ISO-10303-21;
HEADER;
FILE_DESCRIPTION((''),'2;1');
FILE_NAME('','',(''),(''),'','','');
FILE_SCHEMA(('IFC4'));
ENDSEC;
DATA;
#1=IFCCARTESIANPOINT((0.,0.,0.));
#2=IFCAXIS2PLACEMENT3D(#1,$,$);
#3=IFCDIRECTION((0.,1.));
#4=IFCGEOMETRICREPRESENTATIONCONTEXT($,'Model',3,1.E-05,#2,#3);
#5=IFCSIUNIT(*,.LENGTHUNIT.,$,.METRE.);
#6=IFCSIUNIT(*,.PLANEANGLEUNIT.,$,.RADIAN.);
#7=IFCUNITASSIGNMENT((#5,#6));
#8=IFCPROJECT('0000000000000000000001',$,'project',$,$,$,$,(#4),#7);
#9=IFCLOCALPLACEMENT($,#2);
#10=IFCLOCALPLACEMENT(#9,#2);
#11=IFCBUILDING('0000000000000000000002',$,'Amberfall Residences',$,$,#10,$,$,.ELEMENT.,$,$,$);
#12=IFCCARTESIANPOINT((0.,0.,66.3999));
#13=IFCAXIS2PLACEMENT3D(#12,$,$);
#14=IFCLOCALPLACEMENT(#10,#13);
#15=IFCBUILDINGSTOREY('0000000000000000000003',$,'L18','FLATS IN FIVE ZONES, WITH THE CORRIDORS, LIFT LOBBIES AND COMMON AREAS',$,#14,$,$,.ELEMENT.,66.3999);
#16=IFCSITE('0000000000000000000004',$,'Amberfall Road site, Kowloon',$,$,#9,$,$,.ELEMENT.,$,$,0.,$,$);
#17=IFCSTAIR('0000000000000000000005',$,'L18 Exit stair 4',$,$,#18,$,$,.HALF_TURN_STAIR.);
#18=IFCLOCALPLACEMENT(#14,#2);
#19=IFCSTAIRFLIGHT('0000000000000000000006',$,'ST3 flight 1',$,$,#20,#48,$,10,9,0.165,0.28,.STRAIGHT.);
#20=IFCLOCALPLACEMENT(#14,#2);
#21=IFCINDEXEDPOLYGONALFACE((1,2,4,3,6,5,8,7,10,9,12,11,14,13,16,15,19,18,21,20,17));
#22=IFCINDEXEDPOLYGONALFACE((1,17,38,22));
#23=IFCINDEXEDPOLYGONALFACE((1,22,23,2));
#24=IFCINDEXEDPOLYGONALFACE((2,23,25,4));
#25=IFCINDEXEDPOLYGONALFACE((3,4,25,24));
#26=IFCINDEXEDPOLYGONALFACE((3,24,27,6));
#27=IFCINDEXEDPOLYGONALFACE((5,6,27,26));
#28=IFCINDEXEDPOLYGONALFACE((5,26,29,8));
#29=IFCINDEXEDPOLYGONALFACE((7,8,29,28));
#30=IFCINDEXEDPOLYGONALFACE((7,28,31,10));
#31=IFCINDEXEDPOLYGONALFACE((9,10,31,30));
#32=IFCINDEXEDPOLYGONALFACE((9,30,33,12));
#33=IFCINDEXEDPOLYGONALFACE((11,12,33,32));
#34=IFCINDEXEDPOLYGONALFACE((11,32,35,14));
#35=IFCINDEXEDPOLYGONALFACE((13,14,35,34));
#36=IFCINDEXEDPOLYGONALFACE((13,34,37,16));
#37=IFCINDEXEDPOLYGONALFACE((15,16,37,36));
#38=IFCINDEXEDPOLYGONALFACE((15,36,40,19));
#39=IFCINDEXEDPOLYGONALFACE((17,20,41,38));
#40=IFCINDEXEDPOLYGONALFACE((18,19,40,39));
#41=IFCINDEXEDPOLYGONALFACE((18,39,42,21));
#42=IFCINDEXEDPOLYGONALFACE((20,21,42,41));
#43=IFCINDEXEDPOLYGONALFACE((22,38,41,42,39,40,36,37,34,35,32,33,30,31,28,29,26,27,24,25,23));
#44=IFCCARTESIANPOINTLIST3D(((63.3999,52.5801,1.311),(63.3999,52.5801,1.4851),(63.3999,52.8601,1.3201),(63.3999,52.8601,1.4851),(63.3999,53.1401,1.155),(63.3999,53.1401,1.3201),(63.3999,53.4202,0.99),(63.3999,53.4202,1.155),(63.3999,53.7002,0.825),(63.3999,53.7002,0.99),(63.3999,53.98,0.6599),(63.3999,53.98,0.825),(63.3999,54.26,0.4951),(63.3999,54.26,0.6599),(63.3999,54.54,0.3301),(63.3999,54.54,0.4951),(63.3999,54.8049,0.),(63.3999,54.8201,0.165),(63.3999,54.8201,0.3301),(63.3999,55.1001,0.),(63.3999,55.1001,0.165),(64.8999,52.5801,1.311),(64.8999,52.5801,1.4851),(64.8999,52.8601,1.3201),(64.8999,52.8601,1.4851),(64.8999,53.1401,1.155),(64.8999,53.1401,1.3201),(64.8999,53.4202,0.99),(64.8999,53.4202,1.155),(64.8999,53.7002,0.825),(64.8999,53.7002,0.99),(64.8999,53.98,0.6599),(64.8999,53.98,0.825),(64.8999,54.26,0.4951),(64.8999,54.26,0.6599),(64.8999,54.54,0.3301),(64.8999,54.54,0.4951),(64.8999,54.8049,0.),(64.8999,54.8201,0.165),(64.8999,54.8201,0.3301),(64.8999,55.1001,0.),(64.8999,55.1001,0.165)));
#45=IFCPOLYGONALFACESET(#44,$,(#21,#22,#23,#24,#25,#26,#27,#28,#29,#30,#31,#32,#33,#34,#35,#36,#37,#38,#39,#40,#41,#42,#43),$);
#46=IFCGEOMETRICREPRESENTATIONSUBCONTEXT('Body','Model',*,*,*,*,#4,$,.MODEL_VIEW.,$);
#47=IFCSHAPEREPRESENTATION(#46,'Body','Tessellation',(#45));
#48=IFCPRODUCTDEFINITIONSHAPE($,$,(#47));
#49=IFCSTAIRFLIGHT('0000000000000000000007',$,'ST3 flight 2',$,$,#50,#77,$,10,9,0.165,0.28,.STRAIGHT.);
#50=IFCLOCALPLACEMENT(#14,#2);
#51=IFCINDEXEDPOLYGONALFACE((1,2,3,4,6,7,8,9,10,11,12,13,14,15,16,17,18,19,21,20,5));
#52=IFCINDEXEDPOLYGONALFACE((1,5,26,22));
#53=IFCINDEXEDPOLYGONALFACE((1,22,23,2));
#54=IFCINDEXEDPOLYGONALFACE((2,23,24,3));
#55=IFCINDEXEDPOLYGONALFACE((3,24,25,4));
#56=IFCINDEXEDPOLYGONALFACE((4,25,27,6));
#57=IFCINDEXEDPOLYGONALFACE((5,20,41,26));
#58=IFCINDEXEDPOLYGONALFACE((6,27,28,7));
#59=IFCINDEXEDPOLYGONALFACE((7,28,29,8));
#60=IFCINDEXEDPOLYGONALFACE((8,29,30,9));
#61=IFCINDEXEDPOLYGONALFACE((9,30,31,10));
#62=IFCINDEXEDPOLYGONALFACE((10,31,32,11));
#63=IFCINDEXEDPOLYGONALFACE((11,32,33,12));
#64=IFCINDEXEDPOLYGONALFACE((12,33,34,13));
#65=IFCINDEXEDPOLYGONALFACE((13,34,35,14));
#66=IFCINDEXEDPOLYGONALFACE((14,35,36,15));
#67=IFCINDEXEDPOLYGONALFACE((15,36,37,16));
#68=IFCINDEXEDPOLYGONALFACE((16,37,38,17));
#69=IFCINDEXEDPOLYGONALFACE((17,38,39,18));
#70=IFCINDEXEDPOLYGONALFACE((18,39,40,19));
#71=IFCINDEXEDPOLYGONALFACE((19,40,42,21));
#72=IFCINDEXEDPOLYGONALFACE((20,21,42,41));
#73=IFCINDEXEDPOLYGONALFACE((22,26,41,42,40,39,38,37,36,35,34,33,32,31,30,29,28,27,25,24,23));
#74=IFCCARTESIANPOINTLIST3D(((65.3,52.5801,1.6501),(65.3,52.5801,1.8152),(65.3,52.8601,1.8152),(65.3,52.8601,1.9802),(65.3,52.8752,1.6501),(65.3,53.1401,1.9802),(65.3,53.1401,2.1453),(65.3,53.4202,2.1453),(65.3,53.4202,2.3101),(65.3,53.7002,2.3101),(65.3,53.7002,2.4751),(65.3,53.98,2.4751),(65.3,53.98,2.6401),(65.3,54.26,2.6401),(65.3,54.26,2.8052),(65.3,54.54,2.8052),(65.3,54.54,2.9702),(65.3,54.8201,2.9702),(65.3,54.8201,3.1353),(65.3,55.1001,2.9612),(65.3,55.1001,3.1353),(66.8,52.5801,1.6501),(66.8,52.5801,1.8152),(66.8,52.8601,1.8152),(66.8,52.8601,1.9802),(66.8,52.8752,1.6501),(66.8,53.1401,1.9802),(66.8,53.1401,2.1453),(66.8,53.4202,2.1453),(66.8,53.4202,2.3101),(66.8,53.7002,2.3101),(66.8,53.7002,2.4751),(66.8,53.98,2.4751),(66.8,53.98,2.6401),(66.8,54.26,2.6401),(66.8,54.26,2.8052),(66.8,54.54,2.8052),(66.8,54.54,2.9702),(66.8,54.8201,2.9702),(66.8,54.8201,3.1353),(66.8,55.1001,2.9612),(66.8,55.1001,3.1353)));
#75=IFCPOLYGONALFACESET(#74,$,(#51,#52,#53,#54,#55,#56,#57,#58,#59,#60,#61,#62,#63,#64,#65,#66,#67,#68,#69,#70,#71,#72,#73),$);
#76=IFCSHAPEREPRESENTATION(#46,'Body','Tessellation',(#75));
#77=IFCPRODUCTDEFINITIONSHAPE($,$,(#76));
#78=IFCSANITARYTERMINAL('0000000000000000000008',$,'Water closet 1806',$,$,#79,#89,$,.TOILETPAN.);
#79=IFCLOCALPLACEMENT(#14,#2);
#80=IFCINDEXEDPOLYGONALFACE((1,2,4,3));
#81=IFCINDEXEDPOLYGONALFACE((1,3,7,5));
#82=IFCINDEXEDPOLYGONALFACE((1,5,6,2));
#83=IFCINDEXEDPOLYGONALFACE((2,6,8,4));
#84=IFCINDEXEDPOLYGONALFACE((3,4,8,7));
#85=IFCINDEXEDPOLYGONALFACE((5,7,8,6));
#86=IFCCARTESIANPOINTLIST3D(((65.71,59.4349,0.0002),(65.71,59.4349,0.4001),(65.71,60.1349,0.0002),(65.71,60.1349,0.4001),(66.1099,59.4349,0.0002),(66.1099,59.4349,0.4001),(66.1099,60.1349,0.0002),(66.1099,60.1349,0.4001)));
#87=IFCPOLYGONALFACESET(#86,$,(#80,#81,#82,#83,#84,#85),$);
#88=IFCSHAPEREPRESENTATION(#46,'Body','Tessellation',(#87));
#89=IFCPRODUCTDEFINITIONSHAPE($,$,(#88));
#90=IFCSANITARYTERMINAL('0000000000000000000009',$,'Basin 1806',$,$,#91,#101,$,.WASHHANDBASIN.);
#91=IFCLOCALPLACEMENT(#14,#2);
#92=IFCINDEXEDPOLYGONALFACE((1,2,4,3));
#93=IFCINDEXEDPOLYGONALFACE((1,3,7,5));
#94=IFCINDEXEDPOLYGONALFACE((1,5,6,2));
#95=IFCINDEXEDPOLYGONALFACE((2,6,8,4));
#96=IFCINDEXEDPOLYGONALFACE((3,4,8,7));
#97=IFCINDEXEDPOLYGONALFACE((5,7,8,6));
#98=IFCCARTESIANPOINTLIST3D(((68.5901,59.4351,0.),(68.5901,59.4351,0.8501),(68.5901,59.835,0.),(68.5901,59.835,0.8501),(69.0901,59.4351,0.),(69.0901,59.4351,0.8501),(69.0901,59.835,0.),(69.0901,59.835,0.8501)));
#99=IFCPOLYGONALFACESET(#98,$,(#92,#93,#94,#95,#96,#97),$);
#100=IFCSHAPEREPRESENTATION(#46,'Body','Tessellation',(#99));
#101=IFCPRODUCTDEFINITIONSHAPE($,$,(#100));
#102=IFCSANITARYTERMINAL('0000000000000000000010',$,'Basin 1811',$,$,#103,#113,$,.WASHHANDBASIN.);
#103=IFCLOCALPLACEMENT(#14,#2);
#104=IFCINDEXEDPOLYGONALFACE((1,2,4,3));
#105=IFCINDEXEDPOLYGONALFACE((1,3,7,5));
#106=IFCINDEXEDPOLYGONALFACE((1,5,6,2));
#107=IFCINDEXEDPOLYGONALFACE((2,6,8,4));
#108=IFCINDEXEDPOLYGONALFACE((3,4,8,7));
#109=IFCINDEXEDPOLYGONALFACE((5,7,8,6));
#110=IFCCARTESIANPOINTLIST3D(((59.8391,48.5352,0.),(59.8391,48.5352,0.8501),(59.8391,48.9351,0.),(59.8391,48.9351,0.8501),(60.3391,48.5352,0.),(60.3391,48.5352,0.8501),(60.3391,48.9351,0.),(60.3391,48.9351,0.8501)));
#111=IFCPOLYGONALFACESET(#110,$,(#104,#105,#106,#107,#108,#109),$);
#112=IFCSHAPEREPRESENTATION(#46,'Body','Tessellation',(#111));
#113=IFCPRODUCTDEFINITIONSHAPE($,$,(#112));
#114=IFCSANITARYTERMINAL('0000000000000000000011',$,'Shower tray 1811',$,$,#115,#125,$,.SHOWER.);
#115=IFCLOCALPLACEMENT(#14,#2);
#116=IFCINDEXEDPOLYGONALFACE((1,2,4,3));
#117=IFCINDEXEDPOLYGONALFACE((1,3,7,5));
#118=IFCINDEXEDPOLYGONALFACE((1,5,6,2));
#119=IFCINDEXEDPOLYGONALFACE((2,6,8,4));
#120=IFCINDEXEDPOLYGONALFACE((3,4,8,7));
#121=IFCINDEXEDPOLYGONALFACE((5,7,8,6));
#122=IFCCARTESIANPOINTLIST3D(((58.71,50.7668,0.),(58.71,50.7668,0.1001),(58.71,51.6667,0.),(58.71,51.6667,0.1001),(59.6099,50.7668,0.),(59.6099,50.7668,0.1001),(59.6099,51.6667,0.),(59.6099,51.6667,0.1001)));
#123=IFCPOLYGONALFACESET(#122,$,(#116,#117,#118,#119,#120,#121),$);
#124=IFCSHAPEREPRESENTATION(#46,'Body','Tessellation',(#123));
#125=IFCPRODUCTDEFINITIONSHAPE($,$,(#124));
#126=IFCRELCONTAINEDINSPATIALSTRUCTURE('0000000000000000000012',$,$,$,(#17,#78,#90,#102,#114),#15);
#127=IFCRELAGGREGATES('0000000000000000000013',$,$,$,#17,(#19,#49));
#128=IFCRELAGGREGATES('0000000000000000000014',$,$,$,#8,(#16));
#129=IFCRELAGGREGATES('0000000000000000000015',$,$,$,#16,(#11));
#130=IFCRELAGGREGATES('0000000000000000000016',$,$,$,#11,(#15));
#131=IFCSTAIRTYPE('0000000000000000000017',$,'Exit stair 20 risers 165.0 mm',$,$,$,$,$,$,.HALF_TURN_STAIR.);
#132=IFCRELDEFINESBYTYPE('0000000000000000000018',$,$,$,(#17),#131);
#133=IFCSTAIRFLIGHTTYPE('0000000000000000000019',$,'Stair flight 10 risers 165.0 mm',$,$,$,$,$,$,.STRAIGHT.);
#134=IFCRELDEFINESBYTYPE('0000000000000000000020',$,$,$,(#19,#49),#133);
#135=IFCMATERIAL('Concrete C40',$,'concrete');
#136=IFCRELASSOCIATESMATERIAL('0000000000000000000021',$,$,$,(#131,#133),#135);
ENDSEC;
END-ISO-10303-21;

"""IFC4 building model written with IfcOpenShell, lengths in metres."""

from ifc_helpers import new_model, si_unit, direction, frame, origin, origin_2d, place, context, subcontext, project, spatial, polyline, rectangle, outline, extrude, material, type_object, element, aggregate, save


model = new_model("IFC4")

# Units and contexts
model_context = context("Model", 3, precision=1e-05, world=origin(), true_north=direction((0.0, 1.0)))
body_context = subcontext(model_context, "Body", "Model", "MODEL_VIEW")
ifc_project = project(units=[si_unit("LENGTHUNIT", "METRE"), si_unit("PLANEANGLEUNIT", "RADIAN")], contexts=[model_context])

# Site, building, storey
site_placement = place(None, origin())
site = spatial("IfcSite", under=ifc_project, at=site_placement, Name="Amberfall Road site, Kowloon", CompositionType="ELEMENT", RefElevation=0.0)
building_placement = place(site_placement, origin())
building = spatial("IfcBuilding", under=site, at=building_placement, Name="Amberfall Residences", CompositionType="ELEMENT")
storey_placement = place(building_placement, frame((0.0, 0.0, 66.3999)))
storey = spatial("IfcBuildingStorey", under=building, at=storey_placement, Name="L18", Description="FLATS IN FIVE ZONES, WITH THE CORRIDORS, LIFT LOBBIES AND COMMON AREAS", CompositionType="ELEMENT", Elevation=66.3999)

# Stair, stair flights
ifc_material_1 = material(Name="Concrete C40", Category="concrete")
stair_type = type_object("IfcStairType", Name="Exit stair 20 risers 165.0 mm", PredefinedType="HALF_TURN_STAIR", material=ifc_material_1)
stair_placement = place(storey_placement, origin())
stair = element("IfcStair", 1, at=stair_placement, inside=storey, type_object=stair_type, Name="L18 Exit stair 4", PredefinedType="HALF_TURN_STAIR")
stair_flight_type = type_object("IfcStairFlightType", Name="Stair flight 10 risers 165.0 mm", PredefinedType="STRAIGHT", material=ifc_material_1)
stair_flight_1_placement = place(storey_placement, frame((64.1499, 55.1001, 0.0), z_axis=(0.0, 0.0, 1.0), x_axis=(0.0, -1.0, 0.0)))
stair_flight_1 = element("IfcStairFlight", 2, at=stair_flight_1_placement, type_object=stair_flight_type, Name="ST3 flight 1", NumberOfRisers=10, NumberOfTreads=9, PredefinedType="STRAIGHT", RiserHeight=0.165, TreadLength=0.28, context=body_context, shape_type="SweptSolid", body=[
    extrude(outline(polyline([(0.0, 0.0), (0.0, 0.165), (0.28, 0.165), (0.28, 0.3301), (0.5601, 0.3301), (0.5601, 0.4951), (0.8401, 0.4951), (0.8401, 0.6599), (1.1201, 0.6599), (1.1201, 0.825), (1.3999, 0.825), (1.3999, 0.99), (1.6799, 0.99), (1.6799, 1.155), (1.96, 1.155), (1.96, 1.3201), (2.24, 1.3201), (2.24, 1.4851), (2.52, 1.4851), (2.52, 1.6499), (2.52, 1.311), (0.2952, 0.0), (0.0, 0.0)])), frame((0.0, 0.75, 0.0), z_axis=(0.0, -1.0, 0.0), x_axis=(1.0, 0.0, 0.0)), (0.0, 0.0, 1.0), 1.5),
])
stair_flight_2_placement = place(storey_placement, frame((66.05, 52.5801, 1.6501), z_axis=(0.0, 0.0, 1.0), x_axis=(0.0, 1.0, 0.0)))
stair_flight_2 = element("IfcStairFlight", 3, at=stair_flight_2_placement, type_object=stair_flight_type, Name="ST3 flight 2", NumberOfRisers=10, NumberOfTreads=9, PredefinedType="STRAIGHT", RiserHeight=0.165, TreadLength=0.28, context=body_context, shape_type="SweptSolid", body=[
    extrude(outline(polyline([(0.0, 0.0), (0.0, 0.165), (0.28, 0.165), (0.28, 0.3301), (0.5601, 0.3301), (0.5601, 0.4951), (0.8401, 0.4951), (0.8401, 0.6599), (1.1201, 0.6599), (1.1201, 0.825), (1.3999, 0.825), (1.3999, 0.99), (1.6799, 0.99), (1.6799, 1.155), (1.96, 1.155), (1.96, 1.3201), (2.24, 1.3201), (2.24, 1.4851), (2.52, 1.4851), (2.52, 1.6499), (2.52, 1.311), (0.2952, 0.0), (0.0, 0.0)])), frame((0.0, 0.75, 0.0), z_axis=(0.0, -1.0, 0.0), x_axis=(1.0, 0.0, 0.0)), (0.0, 0.0, 1.0), 1.5),
])
aggregate(stair, [stair_flight_1, stair_flight_2])

# Sanitary terminals
sanitary_terminal_1_placement = place(storey_placement, frame((65.9099, 59.7849, 0.0002), z_axis=(0.0, 0.0, 1.0), x_axis=(1.0, 0.0, 0.0)))
element("IfcSanitaryTerminal", 4, at=sanitary_terminal_1_placement, inside=storey, Name="Water closet 1806", PredefinedType="TOILETPAN", context=body_context, shape_type="SweptSolid", body=[
    extrude(rectangle(XDim=0.3999, YDim=0.7, at=origin_2d()), origin(), (0.0, 0.0, 1.0), 0.3999),
])
for number, where, z_axis, x_axis, name in (
    (5, (68.8401, 59.635, 0.0), (0.0, 0.0, 1.0), (1.0, 0.0, 0.0), "Basin 1806"),
    (6, (60.0891, 48.7351, 0.0), (0.0, 0.0, 1.0), (1.0, 0.0, 0.0), "Basin 1811"),
):
    element("IfcSanitaryTerminal", number, at=place(storey_placement, frame(where, z_axis=z_axis, x_axis=x_axis)), inside=storey, Name=name, PredefinedType="WASHHANDBASIN", context=body_context, shape_type="SweptSolid", body=[
        extrude(rectangle(XDim=0.5, YDim=0.3999, at=origin_2d()), origin(), (0.0, 0.0, 1.0), 0.8501),
    ])
sanitary_terminal_2_placement = place(storey_placement, frame((59.1599, 51.2168, 0.0), z_axis=(0.0, 0.0, 1.0), x_axis=(1.0, 0.0, 0.0)))
element("IfcSanitaryTerminal", 7, at=sanitary_terminal_2_placement, inside=storey, Name="Shower tray 1811", PredefinedType="SHOWER", context=body_context, shape_type="SweptSolid", body=[
    extrude(rectangle(XDim=0.8999, YDim=0.8999, at=origin_2d()), origin(), (0.0, 0.0, 1.0), 0.1001),
])

save(model, "model.ifc")
